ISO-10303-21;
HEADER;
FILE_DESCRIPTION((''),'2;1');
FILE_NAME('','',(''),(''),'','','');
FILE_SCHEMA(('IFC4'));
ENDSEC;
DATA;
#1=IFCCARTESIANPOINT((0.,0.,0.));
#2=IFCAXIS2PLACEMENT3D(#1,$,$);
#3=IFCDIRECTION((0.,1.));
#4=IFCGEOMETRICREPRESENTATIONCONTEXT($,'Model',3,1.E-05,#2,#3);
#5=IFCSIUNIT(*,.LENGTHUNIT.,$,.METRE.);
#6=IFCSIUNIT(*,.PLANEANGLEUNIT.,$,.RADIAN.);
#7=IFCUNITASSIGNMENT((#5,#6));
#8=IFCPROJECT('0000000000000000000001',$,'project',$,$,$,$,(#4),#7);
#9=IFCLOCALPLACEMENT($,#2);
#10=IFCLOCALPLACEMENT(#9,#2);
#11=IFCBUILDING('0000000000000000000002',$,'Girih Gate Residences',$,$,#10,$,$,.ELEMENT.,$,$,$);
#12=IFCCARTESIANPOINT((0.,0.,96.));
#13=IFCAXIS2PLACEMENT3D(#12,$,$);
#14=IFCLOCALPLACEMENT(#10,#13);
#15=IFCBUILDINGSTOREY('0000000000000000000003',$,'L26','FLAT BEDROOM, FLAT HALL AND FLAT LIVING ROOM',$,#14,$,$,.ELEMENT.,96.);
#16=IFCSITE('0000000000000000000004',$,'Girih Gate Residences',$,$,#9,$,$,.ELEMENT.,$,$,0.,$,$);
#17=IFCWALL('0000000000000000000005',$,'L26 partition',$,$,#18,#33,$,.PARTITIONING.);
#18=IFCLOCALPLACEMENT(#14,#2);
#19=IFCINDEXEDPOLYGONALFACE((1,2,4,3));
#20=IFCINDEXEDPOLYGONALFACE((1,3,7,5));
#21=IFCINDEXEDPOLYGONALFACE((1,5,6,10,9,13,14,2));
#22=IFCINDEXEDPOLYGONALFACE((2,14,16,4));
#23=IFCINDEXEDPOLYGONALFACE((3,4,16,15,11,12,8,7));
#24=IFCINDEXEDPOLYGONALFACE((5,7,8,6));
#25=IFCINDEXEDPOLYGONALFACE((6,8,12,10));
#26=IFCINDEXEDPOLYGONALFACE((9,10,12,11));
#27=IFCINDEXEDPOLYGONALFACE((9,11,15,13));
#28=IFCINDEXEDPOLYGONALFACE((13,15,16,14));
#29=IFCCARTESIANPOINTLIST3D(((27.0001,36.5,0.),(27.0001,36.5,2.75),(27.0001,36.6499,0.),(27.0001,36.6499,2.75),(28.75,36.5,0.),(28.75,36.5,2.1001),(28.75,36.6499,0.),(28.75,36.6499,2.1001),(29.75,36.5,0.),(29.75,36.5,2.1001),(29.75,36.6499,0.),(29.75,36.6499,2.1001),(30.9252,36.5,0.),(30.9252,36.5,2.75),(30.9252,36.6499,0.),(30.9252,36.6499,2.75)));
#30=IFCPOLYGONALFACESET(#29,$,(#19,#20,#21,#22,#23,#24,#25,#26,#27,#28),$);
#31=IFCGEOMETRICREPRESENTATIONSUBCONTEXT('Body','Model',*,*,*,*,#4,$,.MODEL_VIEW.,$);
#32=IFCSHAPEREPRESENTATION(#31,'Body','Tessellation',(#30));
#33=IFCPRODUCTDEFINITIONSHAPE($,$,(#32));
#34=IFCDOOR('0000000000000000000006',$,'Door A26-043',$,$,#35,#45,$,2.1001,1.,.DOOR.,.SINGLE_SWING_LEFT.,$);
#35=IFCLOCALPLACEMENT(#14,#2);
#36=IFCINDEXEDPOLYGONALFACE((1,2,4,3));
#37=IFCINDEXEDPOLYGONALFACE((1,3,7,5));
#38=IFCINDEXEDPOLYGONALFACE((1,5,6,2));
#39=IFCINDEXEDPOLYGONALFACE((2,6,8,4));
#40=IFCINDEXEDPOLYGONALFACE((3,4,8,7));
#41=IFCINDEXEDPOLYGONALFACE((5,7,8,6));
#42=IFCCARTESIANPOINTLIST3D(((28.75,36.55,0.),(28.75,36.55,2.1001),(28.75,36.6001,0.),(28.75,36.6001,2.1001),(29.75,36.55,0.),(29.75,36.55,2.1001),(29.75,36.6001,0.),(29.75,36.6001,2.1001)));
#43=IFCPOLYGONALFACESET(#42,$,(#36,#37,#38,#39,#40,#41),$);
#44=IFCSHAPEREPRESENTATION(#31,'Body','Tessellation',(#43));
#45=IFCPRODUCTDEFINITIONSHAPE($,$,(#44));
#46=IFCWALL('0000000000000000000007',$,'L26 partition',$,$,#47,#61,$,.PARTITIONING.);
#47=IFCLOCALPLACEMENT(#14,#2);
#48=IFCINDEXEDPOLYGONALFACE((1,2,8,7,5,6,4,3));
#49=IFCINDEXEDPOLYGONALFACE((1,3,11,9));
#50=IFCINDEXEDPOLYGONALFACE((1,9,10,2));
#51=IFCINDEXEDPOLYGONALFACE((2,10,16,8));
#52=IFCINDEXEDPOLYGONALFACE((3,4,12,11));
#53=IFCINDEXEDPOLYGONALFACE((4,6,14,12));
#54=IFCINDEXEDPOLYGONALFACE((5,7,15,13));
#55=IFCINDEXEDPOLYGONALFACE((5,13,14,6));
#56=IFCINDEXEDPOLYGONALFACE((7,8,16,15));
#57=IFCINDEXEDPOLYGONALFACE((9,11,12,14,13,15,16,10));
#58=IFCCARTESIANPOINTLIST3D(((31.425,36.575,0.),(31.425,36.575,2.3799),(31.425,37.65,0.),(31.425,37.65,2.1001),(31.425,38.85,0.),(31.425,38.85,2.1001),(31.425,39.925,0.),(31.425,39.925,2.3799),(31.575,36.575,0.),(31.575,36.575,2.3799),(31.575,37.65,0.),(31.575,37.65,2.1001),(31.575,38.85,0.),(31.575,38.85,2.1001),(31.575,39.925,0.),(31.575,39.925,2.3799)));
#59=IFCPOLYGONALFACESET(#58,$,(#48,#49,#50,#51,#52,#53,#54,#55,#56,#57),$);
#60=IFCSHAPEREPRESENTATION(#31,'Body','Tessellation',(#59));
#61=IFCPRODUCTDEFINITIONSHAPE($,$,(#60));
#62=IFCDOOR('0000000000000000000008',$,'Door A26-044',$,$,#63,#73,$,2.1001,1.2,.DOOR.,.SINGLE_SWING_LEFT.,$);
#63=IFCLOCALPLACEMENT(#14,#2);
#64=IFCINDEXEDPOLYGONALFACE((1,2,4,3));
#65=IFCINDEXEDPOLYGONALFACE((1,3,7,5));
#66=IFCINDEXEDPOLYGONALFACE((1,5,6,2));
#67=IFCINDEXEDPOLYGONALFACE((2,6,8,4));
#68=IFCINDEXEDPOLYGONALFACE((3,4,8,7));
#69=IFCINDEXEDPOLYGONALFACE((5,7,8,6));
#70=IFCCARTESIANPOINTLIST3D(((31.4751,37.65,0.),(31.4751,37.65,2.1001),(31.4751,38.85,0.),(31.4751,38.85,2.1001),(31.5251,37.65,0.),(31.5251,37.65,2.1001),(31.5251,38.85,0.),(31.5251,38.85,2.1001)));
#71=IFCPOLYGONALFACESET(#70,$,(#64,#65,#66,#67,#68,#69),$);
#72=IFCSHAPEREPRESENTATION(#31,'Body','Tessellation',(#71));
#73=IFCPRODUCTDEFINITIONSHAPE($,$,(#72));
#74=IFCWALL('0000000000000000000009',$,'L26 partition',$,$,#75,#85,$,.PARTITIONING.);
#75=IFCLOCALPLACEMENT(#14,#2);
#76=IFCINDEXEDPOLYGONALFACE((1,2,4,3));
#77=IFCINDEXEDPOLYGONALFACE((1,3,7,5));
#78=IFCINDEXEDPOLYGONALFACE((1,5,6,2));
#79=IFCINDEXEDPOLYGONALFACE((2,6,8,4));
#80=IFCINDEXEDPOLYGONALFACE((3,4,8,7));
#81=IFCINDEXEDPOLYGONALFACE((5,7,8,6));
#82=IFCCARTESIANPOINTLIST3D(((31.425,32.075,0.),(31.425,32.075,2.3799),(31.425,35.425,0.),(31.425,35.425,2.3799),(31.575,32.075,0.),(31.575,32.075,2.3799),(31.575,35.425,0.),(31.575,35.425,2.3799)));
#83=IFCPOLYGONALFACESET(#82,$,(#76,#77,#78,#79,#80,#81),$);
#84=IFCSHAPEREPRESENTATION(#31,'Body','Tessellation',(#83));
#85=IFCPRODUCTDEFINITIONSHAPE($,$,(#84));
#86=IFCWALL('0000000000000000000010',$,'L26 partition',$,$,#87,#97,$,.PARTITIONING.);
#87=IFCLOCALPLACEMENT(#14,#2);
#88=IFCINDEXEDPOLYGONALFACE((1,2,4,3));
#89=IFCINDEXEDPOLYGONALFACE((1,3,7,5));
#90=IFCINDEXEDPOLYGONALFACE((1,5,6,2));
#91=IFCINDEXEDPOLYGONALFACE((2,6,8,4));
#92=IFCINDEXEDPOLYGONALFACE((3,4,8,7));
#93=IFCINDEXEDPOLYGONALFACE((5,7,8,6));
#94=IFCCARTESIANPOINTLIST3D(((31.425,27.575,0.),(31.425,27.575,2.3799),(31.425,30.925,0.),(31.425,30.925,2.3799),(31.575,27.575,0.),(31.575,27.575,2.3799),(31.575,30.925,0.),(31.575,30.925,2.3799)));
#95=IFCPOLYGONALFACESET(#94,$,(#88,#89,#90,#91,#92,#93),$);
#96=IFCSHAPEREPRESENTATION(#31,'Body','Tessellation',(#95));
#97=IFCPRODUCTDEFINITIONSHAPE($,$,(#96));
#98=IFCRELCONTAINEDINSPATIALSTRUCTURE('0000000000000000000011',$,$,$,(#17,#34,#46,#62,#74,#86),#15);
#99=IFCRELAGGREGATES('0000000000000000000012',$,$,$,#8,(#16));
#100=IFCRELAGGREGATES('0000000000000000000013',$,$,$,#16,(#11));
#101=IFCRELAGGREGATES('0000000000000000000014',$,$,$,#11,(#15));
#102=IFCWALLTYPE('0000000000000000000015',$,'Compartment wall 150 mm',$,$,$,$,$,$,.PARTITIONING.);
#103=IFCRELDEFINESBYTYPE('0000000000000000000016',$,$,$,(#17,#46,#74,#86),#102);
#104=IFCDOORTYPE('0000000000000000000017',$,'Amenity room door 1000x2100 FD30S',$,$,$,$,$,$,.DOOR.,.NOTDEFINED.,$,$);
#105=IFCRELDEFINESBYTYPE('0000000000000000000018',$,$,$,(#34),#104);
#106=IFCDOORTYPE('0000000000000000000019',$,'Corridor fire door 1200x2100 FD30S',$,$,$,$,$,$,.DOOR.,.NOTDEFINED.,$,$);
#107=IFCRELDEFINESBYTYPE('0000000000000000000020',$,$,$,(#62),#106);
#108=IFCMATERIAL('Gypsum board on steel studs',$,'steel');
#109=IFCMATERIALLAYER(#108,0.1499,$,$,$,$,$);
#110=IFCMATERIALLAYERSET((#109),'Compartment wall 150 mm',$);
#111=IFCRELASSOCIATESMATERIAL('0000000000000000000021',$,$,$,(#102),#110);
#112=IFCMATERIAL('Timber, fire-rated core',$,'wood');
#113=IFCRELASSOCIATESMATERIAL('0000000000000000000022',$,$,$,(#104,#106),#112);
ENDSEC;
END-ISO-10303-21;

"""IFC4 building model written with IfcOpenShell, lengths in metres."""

from ifc_helpers import new_model, si_unit, direction, frame, frame_2d, origin, place, context, subcontext, project, spatial, rectangle, extrude, material, layer, layer_set, type_object, element, fill, save


model = new_model("IFC4")

# Units and contexts
model_context = context("Model", 3, precision=1e-05, world=origin(), true_north=direction((0.0, 1.0)))
body_context = subcontext(model_context, "Body", "Model", "MODEL_VIEW")
ifc_project = project(units=[si_unit("LENGTHUNIT", "METRE"), si_unit("PLANEANGLEUNIT", "RADIAN")], contexts=[model_context])

# Site, building, storey
site_placement = place(None, origin())
site = spatial("IfcSite", under=ifc_project, at=site_placement, Name="Girih Gate Residences", CompositionType="ELEMENT", RefElevation=0.0)
building_placement = place(site_placement, origin())
building = spatial("IfcBuilding", under=site, at=building_placement, Name="Girih Gate Residences", CompositionType="ELEMENT")
storey_placement = place(building_placement, frame((0.0, 0.0, 96.0)))
storey = spatial("IfcBuildingStorey", under=building, at=storey_placement, Name="L26", Description="FLAT BEDROOM, FLAT HALL AND FLAT LIVING ROOM", CompositionType="ELEMENT", Elevation=96.0)

# Walls, openings, doors
ifc_material_1 = material(Name="Gypsum board on steel studs", Category="steel")
ifc_layer = layer(ifc_material_1, 0.1499)
ifc_layer_set = layer_set([ifc_layer], Name="Compartment wall 150 mm")
wall_type = type_object("IfcWallType", Name="Compartment wall 150 mm", PredefinedType="PARTITIONING", material=ifc_layer_set)
ifc_material_2 = material(Name="Timber, fire-rated core", Category="wood")
door_type_1 = type_object("IfcDoorType", Name="Amenity room door 1000x2100 FD30S", OperationType="NOTDEFINED", PredefinedType="DOOR", material=ifc_material_2)
wall_1_placement = place(storey_placement, frame((30.925, 36.575, 0.0), z_axis=(0.0, 0.0, 1.0), x_axis=(-1.0, 0.0, 0.0)))
wall_1 = element("IfcWall", 1, at=wall_1_placement, inside=storey, type_object=wall_type, Name="L26 partition", PredefinedType="PARTITIONING", context=body_context, shape_type="SweptSolid", body=[
    extrude(rectangle(XDim=3.925, YDim=0.1499, at=frame_2d((1.9624, 0.0))), origin(), (0.0, 0.0, 1.0), 2.75),
])
opening_1_placement = place(wall_1_placement, frame((1.175, 0.0, 0.0)))
opening_1 = element("IfcOpeningElement", 2, at=opening_1_placement, cuts=wall_1, PredefinedType="OPENING", context=body_context, shape_type="SweptSolid", body=[
    extrude(rectangle(XDim=1.0, YDim=2.1001, at=frame_2d((0.5, 1.05))), frame((0.0, 0.085, 0.0), z_axis=(0.0, -1.0, 0.0), x_axis=(1.0, 0.0, 0.0)), (0.0, 0.0, 1.0), 0.1699),
])
door_1_placement = place(opening_1_placement, origin())
door_1 = element("IfcDoor", 3, at=door_1_placement, inside=storey, type_object=door_type_1, Name="Door A26-043", OperationType="SINGLE_SWING_LEFT", OverallHeight=2.1001, OverallWidth=1.0, PredefinedType="DOOR", context=body_context, shape_type="SweptSolid", body=[
    extrude(rectangle(XDim=1.0, YDim=2.1001, at=frame_2d((0.5, 1.05))), frame((0.0, 0.0249, 0.0), z_axis=(0.0, -1.0, 0.0), x_axis=(1.0, 0.0, 0.0)), (0.0, 0.0, 1.0), 0.05),
])
fill(opening_1, door_1)
wall_2_placement = place(storey_placement, frame((31.5, 36.575, 0.0), z_axis=(0.0, 0.0, 1.0), x_axis=(0.0, 1.0, 0.0)))
wall_2 = element("IfcWall", 4, at=wall_2_placement, inside=storey, type_object=wall_type, Name="L26 partition", PredefinedType="PARTITIONING", context=body_context, shape_type="SweptSolid", body=[
    extrude(rectangle(XDim=3.3501, YDim=0.1499, at=frame_2d((1.675, 0.0))), origin(), (0.0, 0.0, 1.0), 2.3799),
])
opening_2_placement = place(wall_2_placement, frame((1.075, 0.0, 0.0)))
opening_2 = element("IfcOpeningElement", 5, at=opening_2_placement, cuts=wall_2, PredefinedType="OPENING", context=body_context, shape_type="SweptSolid", body=[
    extrude(rectangle(XDim=1.2, YDim=2.1001, at=frame_2d((0.6001, 1.05))), frame((0.0, 0.085, 0.0), z_axis=(0.0, -1.0, 0.0), x_axis=(1.0, 0.0, 0.0)), (0.0, 0.0, 1.0), 0.1699),
])
door_type_2 = type_object("IfcDoorType", Name="Corridor fire door 1200x2100 FD30S", OperationType="NOTDEFINED", PredefinedType="DOOR", material=ifc_material_2)
door_2_placement = place(opening_2_placement, origin())
door_2 = element("IfcDoor", 6, at=door_2_placement, inside=storey, type_object=door_type_2, Name="Door A26-044", OperationType="SINGLE_SWING_LEFT", OverallHeight=2.1001, OverallWidth=1.2, PredefinedType="DOOR", context=body_context, shape_type="SweptSolid", body=[
    extrude(rectangle(XDim=1.2, YDim=2.1001, at=frame_2d((0.6001, 1.05))), frame((0.0, 0.0249, 0.0), z_axis=(0.0, -1.0, 0.0), x_axis=(1.0, 0.0, 0.0)), (0.0, 0.0, 1.0), 0.05),
])
fill(opening_2, door_2)

# Walls
for number, where, z_axis, x_axis, name in (
    (7, (31.5, 32.075, 0.0), (0.0, 0.0, 1.0), (0.0, 1.0, 0.0), "L26 partition"),
    (8, (31.5, 27.575, 0.0), (0.0, 0.0, 1.0), (0.0, 1.0, 0.0), "L26 partition"),
):
    element("IfcWall", number, at=place(storey_placement, frame(where, z_axis=z_axis, x_axis=x_axis)), inside=storey, type_object=wall_type, Name=name, PredefinedType="PARTITIONING", context=body_context, shape_type="SweptSolid", body=[
        extrude(rectangle(XDim=3.3501, YDim=0.1499, at=frame_2d((1.675, 0.0))), origin(), (0.0, 0.0, 1.0), 2.3799),
    ])

save(model, "model.ifc")
